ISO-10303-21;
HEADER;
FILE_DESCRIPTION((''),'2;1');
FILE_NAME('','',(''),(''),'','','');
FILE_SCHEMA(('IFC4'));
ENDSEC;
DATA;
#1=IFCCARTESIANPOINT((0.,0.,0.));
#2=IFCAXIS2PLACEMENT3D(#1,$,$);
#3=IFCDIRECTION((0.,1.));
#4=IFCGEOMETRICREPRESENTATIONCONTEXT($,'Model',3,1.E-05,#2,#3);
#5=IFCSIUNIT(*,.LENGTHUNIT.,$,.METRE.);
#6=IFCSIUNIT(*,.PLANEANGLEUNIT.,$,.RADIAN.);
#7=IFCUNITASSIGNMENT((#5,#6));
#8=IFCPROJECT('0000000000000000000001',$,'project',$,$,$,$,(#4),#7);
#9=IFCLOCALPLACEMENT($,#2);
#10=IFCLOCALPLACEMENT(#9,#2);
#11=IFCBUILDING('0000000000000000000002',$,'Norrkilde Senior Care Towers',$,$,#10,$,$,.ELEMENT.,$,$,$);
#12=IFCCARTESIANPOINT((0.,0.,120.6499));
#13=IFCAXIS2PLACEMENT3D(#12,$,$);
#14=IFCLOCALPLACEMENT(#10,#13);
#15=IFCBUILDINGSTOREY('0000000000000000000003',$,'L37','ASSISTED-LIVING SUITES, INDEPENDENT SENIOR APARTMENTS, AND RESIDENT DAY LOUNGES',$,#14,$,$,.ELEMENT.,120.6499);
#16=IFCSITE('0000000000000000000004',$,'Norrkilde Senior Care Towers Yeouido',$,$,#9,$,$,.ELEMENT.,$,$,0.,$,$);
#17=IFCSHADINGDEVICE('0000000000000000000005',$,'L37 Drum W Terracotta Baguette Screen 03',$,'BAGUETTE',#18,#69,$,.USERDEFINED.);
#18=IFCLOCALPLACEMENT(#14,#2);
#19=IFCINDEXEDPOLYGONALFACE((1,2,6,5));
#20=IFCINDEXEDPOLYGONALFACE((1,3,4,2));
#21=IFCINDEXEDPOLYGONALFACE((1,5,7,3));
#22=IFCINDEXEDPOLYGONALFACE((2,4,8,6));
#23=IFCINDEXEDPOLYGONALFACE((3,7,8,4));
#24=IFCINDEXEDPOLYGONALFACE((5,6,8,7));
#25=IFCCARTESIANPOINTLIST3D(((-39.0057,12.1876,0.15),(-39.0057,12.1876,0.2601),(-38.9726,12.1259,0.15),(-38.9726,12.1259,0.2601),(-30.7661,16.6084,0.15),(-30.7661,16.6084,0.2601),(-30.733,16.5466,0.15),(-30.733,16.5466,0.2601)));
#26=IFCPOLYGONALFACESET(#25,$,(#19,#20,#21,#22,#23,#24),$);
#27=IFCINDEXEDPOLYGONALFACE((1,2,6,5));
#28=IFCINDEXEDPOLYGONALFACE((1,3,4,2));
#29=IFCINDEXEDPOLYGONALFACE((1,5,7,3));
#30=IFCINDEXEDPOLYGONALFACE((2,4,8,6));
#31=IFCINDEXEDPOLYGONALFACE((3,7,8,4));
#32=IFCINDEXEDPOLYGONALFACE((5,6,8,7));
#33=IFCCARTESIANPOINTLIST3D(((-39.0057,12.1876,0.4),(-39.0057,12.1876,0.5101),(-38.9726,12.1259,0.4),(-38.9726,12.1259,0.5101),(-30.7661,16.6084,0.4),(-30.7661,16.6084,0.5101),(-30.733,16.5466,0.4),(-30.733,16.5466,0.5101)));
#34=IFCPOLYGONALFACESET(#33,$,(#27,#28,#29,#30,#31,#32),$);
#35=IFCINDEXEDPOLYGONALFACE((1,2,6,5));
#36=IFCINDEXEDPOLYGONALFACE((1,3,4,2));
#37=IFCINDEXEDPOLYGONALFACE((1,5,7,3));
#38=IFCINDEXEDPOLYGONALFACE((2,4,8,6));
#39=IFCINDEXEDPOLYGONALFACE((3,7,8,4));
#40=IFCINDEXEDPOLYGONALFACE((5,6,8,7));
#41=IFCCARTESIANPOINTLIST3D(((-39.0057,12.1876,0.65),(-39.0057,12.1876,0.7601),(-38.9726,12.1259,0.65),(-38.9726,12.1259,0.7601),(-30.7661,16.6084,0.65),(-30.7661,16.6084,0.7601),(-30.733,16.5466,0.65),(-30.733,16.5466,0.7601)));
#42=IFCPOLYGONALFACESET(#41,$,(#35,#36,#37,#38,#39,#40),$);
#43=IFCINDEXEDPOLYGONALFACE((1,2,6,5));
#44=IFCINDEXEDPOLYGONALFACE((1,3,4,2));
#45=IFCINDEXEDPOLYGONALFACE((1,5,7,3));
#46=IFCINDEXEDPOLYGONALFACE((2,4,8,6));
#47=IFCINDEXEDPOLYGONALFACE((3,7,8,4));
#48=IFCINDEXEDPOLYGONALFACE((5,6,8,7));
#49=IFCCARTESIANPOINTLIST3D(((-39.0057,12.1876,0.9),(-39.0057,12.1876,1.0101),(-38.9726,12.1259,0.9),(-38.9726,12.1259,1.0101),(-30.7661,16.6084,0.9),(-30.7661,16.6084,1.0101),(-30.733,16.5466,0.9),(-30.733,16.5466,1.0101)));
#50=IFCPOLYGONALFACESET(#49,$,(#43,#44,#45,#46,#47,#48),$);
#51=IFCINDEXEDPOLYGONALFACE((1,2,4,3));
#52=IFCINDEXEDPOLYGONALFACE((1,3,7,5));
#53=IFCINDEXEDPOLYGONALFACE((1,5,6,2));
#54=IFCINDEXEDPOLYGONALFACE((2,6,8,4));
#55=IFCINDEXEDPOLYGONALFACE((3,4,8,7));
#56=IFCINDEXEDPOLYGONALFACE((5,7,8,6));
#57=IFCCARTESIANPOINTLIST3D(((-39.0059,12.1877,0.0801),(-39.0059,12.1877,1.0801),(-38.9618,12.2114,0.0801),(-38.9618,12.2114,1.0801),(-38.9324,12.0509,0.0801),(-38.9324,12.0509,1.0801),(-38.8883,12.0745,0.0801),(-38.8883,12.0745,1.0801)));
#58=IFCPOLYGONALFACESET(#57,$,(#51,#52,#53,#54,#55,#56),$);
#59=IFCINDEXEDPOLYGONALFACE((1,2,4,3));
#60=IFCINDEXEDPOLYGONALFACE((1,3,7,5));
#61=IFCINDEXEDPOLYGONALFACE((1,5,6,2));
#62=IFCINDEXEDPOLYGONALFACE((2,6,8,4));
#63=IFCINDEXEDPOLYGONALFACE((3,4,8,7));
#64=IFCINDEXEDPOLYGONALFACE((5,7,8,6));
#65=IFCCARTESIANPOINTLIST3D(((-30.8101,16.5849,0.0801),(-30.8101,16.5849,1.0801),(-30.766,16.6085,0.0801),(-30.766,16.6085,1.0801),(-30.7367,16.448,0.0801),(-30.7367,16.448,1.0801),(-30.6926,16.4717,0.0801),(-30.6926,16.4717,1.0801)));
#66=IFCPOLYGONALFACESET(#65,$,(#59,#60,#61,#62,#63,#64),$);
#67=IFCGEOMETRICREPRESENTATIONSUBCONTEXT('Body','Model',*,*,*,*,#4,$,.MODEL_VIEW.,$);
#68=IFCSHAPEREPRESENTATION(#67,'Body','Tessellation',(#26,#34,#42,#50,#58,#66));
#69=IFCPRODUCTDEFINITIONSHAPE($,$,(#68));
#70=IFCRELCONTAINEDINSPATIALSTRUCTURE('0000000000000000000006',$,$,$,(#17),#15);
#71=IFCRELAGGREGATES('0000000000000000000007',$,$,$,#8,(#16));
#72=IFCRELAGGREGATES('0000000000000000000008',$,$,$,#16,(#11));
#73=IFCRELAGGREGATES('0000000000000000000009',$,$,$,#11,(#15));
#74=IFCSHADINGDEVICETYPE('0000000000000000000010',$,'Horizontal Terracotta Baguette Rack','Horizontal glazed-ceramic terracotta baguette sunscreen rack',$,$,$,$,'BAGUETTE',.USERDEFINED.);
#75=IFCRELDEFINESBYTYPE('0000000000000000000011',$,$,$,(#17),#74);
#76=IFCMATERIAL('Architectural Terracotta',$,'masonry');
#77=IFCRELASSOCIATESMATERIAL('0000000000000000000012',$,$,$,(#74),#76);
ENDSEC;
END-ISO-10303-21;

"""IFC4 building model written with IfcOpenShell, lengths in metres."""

from ifc_helpers import new_model, si_unit, direction, frame, origin, origin_2d, place, context, subcontext, project, spatial, rectangle, extrude, source, transform, mapped, material, type_object, type_shapes, element, save


model = new_model("IFC4")

# Units and contexts
model_context = context("Model", 3, precision=1e-05, world=origin(), true_north=direction((0.0, 1.0)))
body_context = subcontext(model_context, "Body", "Model", "MODEL_VIEW")
ifc_project = project(units=[si_unit("LENGTHUNIT", "METRE"), si_unit("PLANEANGLEUNIT", "RADIAN")], contexts=[model_context])

# Site, building, storey
site_placement = place(None, origin())
site = spatial("IfcSite", under=ifc_project, at=site_placement, Name="Norrkilde Senior Care Towers Yeouido", CompositionType="ELEMENT", RefElevation=0.0)
building_placement = place(site_placement, origin())
building = spatial("IfcBuilding", under=site, at=building_placement, Name="Norrkilde Senior Care Towers", CompositionType="ELEMENT")
storey_placement = place(building_placement, frame((0.0, 0.0, 120.6499)))
storey = spatial("IfcBuildingStorey", under=building, at=storey_placement, Name="L37", Description="ASSISTED-LIVING SUITES, INDEPENDENT SENIOR APARTMENTS, AND RESIDENT DAY LOUNGES", CompositionType="ELEMENT", Elevation=120.6499)

# Shading device
ifc_material_1 = material(Name="Architectural Terracotta", Category="masonry")
shading_device_type = type_object("IfcShadingDeviceType", Name="Horizontal Terracotta Baguette Rack", Description="Horizontal glazed-ceramic terracotta baguette sunscreen rack", ElementType="BAGUETTE", PredefinedType="USERDEFINED", material=ifc_material_1)
shared_shape_1 = source(origin(), body_context, "Body", "SweptSolid", [
    extrude(rectangle(XDim=0.0701, YDim=0.1101, at=origin_2d()), frame((0.0, 0.0901, 0.125), z_axis=(1.0, 0.0, 0.0), x_axis=(0.0, 1.0, 0.0)), (0.0, 0.0, 1.0), 9.3506),
    extrude(rectangle(XDim=0.0701, YDim=0.1101, at=origin_2d()), frame((0.0, 0.0901, 0.375), z_axis=(1.0, 0.0, 0.0), x_axis=(0.0, 1.0, 0.0)), (0.0, 0.0, 1.0), 9.3506),
    extrude(rectangle(XDim=0.0701, YDim=0.1101, at=origin_2d()), frame((0.0, 0.0901, 0.625), z_axis=(1.0, 0.0, 0.0), x_axis=(0.0, 1.0, 0.0)), (0.0, 0.0, 1.0), 9.3506),
    extrude(rectangle(XDim=0.0701, YDim=0.1101, at=origin_2d()), frame((0.0, 0.0901, 0.875), z_axis=(1.0, 0.0, 0.0), x_axis=(0.0, 1.0, 0.0)), (0.0, 0.0, 1.0), 9.3506),
    extrude(rectangle(XDim=0.05, YDim=0.1553, at=origin_2d()), frame((0.0249, 0.0476, 0.0)), (0.0, 0.0, 1.0), 1.0),
    extrude(rectangle(XDim=0.05, YDim=0.1553, at=origin_2d()), frame((9.3257, 0.0476, 0.0)), (0.0, 0.0, 1.0), 1.0),
])
type_shapes(shading_device_type, [shared_shape_1])
shading_device_placement = place(storey_placement, frame((-38.9465, 12.0774, 0.0801), z_axis=(0.0, 0.0, 1.0), x_axis=(0.881175, 0.472768, 0.0)))
element("IfcShadingDevice", 1, at=shading_device_placement, inside=storey, type_object=shading_device_type, Name="L37 Drum W Terracotta Baguette Screen 03", ObjectType="BAGUETTE", PredefinedType="USERDEFINED", context=body_context, shape_type="MappedRepresentation", body=[
    mapped(shared_shape_1, transform((0.0, 0.0, 0.0), x_axis=(1.0, 0.0, 0.0), y_axis=(0.0, 1.0, 0.0), z_axis=(0.0, 0.0, 1.0), scale=1.0)),
])

save(model, "model.ifc")
